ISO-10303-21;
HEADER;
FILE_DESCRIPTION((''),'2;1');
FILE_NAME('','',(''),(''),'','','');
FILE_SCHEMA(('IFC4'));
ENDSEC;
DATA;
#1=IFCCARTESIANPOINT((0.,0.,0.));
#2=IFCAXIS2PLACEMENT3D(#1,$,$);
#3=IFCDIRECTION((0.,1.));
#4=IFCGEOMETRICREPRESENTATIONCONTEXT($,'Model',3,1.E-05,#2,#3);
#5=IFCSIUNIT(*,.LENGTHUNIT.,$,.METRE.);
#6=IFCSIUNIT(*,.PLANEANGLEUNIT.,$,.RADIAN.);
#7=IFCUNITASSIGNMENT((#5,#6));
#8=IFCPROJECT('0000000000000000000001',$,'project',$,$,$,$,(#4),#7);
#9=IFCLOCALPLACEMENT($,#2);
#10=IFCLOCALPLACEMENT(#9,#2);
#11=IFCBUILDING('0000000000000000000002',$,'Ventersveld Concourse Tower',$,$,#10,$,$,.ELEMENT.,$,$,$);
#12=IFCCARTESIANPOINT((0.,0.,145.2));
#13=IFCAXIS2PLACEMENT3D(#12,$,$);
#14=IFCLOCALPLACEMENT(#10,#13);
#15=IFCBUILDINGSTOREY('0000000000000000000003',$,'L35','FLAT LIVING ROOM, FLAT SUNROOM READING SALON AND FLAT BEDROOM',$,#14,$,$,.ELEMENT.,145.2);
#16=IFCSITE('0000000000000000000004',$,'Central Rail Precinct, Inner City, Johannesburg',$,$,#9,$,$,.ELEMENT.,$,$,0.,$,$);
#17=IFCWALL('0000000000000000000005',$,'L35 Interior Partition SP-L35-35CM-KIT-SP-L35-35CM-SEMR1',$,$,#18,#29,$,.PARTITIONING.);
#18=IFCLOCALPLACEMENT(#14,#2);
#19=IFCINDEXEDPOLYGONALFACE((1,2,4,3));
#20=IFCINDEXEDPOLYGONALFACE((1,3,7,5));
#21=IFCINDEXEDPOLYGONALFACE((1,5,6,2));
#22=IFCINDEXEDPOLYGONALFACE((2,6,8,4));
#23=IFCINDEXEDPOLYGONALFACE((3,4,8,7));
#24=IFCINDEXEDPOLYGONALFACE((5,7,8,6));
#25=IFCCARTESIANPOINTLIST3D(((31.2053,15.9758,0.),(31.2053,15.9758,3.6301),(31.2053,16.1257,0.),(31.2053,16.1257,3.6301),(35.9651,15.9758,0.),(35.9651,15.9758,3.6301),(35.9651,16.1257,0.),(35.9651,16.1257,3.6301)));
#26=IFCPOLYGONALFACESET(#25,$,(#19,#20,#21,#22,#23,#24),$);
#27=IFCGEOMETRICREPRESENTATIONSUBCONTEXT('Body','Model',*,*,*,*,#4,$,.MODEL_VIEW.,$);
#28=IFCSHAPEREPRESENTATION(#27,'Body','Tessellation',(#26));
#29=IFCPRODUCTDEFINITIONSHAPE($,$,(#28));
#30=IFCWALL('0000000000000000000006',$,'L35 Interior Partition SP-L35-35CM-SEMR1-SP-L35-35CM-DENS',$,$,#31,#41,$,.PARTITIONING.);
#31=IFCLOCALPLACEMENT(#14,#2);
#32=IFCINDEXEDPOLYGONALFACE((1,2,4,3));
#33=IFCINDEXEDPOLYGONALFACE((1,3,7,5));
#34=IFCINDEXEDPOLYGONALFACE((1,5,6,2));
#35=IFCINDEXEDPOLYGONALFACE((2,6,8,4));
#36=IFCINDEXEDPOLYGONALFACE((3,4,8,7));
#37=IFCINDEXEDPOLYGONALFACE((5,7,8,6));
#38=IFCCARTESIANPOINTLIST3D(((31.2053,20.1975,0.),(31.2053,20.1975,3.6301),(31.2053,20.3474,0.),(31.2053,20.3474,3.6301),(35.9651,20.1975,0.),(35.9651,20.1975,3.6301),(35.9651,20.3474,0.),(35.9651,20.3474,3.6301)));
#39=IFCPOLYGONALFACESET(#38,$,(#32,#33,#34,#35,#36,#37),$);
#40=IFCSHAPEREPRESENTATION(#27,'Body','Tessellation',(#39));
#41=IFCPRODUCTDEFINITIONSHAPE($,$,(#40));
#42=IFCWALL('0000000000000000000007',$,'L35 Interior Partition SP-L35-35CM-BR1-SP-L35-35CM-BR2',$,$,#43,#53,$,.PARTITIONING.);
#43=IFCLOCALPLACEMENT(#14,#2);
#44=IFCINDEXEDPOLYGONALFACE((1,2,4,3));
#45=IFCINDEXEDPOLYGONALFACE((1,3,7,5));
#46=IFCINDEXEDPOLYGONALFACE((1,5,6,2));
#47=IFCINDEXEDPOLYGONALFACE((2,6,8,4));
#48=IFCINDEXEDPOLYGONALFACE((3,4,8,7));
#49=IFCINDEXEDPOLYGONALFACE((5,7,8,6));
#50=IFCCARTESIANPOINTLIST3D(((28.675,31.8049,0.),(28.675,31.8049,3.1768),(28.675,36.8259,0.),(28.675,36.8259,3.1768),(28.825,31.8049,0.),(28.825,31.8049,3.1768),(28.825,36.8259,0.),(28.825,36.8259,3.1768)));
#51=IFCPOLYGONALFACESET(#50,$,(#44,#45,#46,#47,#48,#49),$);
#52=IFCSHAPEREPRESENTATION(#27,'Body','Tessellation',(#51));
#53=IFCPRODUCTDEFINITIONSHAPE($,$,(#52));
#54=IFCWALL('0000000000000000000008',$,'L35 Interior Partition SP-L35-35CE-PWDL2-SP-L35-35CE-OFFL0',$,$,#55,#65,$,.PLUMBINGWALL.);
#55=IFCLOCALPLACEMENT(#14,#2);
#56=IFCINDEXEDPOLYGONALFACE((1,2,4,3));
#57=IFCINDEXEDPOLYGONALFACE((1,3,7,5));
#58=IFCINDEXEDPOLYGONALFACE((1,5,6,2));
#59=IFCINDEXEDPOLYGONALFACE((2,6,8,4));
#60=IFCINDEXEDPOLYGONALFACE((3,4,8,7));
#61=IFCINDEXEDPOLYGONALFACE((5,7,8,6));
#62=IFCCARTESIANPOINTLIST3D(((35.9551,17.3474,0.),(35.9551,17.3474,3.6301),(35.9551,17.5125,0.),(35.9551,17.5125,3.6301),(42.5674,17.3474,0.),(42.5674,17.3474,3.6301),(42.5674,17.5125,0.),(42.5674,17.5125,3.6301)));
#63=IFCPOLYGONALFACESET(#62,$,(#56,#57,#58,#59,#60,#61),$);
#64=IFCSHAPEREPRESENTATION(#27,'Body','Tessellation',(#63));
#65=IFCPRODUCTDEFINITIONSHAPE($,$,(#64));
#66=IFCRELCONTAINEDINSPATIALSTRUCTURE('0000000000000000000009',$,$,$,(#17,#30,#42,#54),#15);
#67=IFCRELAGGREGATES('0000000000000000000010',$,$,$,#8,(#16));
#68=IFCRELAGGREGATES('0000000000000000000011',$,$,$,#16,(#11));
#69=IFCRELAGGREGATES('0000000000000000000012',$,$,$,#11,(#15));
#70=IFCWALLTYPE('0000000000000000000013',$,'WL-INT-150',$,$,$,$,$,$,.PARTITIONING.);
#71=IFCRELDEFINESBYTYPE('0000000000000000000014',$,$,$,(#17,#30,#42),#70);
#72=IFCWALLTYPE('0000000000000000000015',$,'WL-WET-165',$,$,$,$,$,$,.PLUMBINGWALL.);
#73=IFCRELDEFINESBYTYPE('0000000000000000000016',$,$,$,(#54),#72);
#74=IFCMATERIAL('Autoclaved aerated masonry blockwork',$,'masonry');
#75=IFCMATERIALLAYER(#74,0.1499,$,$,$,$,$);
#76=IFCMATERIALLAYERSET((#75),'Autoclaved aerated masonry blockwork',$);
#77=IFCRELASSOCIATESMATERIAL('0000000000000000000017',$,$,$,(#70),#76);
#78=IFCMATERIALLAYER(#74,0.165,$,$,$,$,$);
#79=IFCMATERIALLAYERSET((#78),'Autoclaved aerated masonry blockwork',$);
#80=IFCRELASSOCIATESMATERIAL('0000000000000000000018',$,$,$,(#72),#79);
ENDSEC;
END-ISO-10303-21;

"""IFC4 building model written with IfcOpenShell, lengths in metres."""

from ifc_helpers import new_model, si_unit, direction, frame, frame_2d, origin, place, context, subcontext, project, spatial, rectangle, extrude, material, layer, layer_set, type_object, element, save


model = new_model("IFC4")

# Units and contexts
model_context = context("Model", 3, precision=1e-05, world=origin(), true_north=direction((0.0, 1.0)))
body_context = subcontext(model_context, "Body", "Model", "MODEL_VIEW")
ifc_project = project(units=[si_unit("LENGTHUNIT", "METRE"), si_unit("PLANEANGLEUNIT", "RADIAN")], contexts=[model_context])

# Site, building, storey
site_placement = place(None, origin())
site = spatial("IfcSite", under=ifc_project, at=site_placement, Name="Central Rail Precinct, Inner City, Johannesburg", CompositionType="ELEMENT", RefElevation=0.0)
building_placement = place(site_placement, origin())
building = spatial("IfcBuilding", under=site, at=building_placement, Name="Ventersveld Concourse Tower", CompositionType="ELEMENT")
storey_placement = place(building_placement, frame((0.0, 0.0, 145.2)))
storey = spatial("IfcBuildingStorey", under=building, at=storey_placement, Name="L35", Description="FLAT LIVING ROOM, FLAT SUNROOM READING SALON AND FLAT BEDROOM", CompositionType="ELEMENT", Elevation=145.2)

# Shared definitions
ifc_material_1 = material(Name="Autoclaved aerated masonry blockwork", Category="masonry")
ifc_layer_1 = layer(ifc_material_1, 0.1499)
ifc_layer_set_1 = layer_set([ifc_layer_1], Name="Autoclaved aerated masonry blockwork")
wall_type_1 = type_object("IfcWallType", Name="WL-INT-150", PredefinedType="PARTITIONING", material=ifc_layer_set_1)

# Walls
for number, where, z_axis, x_axis, name in (
    (1, (31.2053, 16.0508, 0.0), (0.0, 0.0, 1.0), (1.0, 0.0, 0.0), "L35 Interior Partition SP-L35-35CM-KIT-SP-L35-35CM-SEMR1"),
    (2, (31.2053, 20.2725, 0.0), (0.0, 0.0, 1.0), (1.0, 0.0, 0.0), "L35 Interior Partition SP-L35-35CM-SEMR1-SP-L35-35CM-DENS"),
):
    element("IfcWall", number, at=place(storey_placement, frame(where, z_axis=z_axis, x_axis=x_axis)), inside=storey, type_object=wall_type_1, Name=name, PredefinedType="PARTITIONING", context=body_context, shape_type="SweptSolid", body=[
        extrude(rectangle(XDim=4.7598, YDim=0.1499, at=frame_2d((2.3799, 0.0))), origin(), (0.0, 0.0, 1.0), 3.6301),
    ])
wall_1_placement = place(storey_placement, frame((28.75, 31.8049, 0.0), z_axis=(0.0, 0.0, 1.0), x_axis=(0.0, 1.0, 0.0)))
element("IfcWall", 3, at=wall_1_placement, inside=storey, type_object=wall_type_1, Name="L35 Interior Partition SP-L35-35CM-BR1-SP-L35-35CM-BR2", PredefinedType="PARTITIONING", context=body_context, shape_type="SweptSolid", body=[
    extrude(rectangle(XDim=5.021, YDim=0.1499, at=frame_2d((2.5105, 0.0))), origin(), (0.0, 0.0, 1.0), 3.1768),
])
ifc_layer_2 = layer(ifc_material_1, 0.165)
ifc_layer_set_2 = layer_set([ifc_layer_2], Name="Autoclaved aerated masonry blockwork")
wall_type_2 = type_object("IfcWallType", Name="WL-WET-165", PredefinedType="PLUMBINGWALL", material=ifc_layer_set_2)
wall_2_placement = place(storey_placement, frame((35.9551, 17.4299, 0.0), z_axis=(0.0, 0.0, 1.0), x_axis=(1.0, 0.0, 0.0)))
element("IfcWall", 4, at=wall_2_placement, inside=storey, type_object=wall_type_2, Name="L35 Interior Partition SP-L35-35CE-PWDL2-SP-L35-35CE-OFFL0", PredefinedType="PLUMBINGWALL", context=body_context, shape_type="SweptSolid", body=[
    extrude(rectangle(XDim=6.6123, YDim=0.165, at=frame_2d((3.3062, 0.0))), origin(), (0.0, 0.0, 1.0), 3.6301),
])

save(model, "model.ifc")
